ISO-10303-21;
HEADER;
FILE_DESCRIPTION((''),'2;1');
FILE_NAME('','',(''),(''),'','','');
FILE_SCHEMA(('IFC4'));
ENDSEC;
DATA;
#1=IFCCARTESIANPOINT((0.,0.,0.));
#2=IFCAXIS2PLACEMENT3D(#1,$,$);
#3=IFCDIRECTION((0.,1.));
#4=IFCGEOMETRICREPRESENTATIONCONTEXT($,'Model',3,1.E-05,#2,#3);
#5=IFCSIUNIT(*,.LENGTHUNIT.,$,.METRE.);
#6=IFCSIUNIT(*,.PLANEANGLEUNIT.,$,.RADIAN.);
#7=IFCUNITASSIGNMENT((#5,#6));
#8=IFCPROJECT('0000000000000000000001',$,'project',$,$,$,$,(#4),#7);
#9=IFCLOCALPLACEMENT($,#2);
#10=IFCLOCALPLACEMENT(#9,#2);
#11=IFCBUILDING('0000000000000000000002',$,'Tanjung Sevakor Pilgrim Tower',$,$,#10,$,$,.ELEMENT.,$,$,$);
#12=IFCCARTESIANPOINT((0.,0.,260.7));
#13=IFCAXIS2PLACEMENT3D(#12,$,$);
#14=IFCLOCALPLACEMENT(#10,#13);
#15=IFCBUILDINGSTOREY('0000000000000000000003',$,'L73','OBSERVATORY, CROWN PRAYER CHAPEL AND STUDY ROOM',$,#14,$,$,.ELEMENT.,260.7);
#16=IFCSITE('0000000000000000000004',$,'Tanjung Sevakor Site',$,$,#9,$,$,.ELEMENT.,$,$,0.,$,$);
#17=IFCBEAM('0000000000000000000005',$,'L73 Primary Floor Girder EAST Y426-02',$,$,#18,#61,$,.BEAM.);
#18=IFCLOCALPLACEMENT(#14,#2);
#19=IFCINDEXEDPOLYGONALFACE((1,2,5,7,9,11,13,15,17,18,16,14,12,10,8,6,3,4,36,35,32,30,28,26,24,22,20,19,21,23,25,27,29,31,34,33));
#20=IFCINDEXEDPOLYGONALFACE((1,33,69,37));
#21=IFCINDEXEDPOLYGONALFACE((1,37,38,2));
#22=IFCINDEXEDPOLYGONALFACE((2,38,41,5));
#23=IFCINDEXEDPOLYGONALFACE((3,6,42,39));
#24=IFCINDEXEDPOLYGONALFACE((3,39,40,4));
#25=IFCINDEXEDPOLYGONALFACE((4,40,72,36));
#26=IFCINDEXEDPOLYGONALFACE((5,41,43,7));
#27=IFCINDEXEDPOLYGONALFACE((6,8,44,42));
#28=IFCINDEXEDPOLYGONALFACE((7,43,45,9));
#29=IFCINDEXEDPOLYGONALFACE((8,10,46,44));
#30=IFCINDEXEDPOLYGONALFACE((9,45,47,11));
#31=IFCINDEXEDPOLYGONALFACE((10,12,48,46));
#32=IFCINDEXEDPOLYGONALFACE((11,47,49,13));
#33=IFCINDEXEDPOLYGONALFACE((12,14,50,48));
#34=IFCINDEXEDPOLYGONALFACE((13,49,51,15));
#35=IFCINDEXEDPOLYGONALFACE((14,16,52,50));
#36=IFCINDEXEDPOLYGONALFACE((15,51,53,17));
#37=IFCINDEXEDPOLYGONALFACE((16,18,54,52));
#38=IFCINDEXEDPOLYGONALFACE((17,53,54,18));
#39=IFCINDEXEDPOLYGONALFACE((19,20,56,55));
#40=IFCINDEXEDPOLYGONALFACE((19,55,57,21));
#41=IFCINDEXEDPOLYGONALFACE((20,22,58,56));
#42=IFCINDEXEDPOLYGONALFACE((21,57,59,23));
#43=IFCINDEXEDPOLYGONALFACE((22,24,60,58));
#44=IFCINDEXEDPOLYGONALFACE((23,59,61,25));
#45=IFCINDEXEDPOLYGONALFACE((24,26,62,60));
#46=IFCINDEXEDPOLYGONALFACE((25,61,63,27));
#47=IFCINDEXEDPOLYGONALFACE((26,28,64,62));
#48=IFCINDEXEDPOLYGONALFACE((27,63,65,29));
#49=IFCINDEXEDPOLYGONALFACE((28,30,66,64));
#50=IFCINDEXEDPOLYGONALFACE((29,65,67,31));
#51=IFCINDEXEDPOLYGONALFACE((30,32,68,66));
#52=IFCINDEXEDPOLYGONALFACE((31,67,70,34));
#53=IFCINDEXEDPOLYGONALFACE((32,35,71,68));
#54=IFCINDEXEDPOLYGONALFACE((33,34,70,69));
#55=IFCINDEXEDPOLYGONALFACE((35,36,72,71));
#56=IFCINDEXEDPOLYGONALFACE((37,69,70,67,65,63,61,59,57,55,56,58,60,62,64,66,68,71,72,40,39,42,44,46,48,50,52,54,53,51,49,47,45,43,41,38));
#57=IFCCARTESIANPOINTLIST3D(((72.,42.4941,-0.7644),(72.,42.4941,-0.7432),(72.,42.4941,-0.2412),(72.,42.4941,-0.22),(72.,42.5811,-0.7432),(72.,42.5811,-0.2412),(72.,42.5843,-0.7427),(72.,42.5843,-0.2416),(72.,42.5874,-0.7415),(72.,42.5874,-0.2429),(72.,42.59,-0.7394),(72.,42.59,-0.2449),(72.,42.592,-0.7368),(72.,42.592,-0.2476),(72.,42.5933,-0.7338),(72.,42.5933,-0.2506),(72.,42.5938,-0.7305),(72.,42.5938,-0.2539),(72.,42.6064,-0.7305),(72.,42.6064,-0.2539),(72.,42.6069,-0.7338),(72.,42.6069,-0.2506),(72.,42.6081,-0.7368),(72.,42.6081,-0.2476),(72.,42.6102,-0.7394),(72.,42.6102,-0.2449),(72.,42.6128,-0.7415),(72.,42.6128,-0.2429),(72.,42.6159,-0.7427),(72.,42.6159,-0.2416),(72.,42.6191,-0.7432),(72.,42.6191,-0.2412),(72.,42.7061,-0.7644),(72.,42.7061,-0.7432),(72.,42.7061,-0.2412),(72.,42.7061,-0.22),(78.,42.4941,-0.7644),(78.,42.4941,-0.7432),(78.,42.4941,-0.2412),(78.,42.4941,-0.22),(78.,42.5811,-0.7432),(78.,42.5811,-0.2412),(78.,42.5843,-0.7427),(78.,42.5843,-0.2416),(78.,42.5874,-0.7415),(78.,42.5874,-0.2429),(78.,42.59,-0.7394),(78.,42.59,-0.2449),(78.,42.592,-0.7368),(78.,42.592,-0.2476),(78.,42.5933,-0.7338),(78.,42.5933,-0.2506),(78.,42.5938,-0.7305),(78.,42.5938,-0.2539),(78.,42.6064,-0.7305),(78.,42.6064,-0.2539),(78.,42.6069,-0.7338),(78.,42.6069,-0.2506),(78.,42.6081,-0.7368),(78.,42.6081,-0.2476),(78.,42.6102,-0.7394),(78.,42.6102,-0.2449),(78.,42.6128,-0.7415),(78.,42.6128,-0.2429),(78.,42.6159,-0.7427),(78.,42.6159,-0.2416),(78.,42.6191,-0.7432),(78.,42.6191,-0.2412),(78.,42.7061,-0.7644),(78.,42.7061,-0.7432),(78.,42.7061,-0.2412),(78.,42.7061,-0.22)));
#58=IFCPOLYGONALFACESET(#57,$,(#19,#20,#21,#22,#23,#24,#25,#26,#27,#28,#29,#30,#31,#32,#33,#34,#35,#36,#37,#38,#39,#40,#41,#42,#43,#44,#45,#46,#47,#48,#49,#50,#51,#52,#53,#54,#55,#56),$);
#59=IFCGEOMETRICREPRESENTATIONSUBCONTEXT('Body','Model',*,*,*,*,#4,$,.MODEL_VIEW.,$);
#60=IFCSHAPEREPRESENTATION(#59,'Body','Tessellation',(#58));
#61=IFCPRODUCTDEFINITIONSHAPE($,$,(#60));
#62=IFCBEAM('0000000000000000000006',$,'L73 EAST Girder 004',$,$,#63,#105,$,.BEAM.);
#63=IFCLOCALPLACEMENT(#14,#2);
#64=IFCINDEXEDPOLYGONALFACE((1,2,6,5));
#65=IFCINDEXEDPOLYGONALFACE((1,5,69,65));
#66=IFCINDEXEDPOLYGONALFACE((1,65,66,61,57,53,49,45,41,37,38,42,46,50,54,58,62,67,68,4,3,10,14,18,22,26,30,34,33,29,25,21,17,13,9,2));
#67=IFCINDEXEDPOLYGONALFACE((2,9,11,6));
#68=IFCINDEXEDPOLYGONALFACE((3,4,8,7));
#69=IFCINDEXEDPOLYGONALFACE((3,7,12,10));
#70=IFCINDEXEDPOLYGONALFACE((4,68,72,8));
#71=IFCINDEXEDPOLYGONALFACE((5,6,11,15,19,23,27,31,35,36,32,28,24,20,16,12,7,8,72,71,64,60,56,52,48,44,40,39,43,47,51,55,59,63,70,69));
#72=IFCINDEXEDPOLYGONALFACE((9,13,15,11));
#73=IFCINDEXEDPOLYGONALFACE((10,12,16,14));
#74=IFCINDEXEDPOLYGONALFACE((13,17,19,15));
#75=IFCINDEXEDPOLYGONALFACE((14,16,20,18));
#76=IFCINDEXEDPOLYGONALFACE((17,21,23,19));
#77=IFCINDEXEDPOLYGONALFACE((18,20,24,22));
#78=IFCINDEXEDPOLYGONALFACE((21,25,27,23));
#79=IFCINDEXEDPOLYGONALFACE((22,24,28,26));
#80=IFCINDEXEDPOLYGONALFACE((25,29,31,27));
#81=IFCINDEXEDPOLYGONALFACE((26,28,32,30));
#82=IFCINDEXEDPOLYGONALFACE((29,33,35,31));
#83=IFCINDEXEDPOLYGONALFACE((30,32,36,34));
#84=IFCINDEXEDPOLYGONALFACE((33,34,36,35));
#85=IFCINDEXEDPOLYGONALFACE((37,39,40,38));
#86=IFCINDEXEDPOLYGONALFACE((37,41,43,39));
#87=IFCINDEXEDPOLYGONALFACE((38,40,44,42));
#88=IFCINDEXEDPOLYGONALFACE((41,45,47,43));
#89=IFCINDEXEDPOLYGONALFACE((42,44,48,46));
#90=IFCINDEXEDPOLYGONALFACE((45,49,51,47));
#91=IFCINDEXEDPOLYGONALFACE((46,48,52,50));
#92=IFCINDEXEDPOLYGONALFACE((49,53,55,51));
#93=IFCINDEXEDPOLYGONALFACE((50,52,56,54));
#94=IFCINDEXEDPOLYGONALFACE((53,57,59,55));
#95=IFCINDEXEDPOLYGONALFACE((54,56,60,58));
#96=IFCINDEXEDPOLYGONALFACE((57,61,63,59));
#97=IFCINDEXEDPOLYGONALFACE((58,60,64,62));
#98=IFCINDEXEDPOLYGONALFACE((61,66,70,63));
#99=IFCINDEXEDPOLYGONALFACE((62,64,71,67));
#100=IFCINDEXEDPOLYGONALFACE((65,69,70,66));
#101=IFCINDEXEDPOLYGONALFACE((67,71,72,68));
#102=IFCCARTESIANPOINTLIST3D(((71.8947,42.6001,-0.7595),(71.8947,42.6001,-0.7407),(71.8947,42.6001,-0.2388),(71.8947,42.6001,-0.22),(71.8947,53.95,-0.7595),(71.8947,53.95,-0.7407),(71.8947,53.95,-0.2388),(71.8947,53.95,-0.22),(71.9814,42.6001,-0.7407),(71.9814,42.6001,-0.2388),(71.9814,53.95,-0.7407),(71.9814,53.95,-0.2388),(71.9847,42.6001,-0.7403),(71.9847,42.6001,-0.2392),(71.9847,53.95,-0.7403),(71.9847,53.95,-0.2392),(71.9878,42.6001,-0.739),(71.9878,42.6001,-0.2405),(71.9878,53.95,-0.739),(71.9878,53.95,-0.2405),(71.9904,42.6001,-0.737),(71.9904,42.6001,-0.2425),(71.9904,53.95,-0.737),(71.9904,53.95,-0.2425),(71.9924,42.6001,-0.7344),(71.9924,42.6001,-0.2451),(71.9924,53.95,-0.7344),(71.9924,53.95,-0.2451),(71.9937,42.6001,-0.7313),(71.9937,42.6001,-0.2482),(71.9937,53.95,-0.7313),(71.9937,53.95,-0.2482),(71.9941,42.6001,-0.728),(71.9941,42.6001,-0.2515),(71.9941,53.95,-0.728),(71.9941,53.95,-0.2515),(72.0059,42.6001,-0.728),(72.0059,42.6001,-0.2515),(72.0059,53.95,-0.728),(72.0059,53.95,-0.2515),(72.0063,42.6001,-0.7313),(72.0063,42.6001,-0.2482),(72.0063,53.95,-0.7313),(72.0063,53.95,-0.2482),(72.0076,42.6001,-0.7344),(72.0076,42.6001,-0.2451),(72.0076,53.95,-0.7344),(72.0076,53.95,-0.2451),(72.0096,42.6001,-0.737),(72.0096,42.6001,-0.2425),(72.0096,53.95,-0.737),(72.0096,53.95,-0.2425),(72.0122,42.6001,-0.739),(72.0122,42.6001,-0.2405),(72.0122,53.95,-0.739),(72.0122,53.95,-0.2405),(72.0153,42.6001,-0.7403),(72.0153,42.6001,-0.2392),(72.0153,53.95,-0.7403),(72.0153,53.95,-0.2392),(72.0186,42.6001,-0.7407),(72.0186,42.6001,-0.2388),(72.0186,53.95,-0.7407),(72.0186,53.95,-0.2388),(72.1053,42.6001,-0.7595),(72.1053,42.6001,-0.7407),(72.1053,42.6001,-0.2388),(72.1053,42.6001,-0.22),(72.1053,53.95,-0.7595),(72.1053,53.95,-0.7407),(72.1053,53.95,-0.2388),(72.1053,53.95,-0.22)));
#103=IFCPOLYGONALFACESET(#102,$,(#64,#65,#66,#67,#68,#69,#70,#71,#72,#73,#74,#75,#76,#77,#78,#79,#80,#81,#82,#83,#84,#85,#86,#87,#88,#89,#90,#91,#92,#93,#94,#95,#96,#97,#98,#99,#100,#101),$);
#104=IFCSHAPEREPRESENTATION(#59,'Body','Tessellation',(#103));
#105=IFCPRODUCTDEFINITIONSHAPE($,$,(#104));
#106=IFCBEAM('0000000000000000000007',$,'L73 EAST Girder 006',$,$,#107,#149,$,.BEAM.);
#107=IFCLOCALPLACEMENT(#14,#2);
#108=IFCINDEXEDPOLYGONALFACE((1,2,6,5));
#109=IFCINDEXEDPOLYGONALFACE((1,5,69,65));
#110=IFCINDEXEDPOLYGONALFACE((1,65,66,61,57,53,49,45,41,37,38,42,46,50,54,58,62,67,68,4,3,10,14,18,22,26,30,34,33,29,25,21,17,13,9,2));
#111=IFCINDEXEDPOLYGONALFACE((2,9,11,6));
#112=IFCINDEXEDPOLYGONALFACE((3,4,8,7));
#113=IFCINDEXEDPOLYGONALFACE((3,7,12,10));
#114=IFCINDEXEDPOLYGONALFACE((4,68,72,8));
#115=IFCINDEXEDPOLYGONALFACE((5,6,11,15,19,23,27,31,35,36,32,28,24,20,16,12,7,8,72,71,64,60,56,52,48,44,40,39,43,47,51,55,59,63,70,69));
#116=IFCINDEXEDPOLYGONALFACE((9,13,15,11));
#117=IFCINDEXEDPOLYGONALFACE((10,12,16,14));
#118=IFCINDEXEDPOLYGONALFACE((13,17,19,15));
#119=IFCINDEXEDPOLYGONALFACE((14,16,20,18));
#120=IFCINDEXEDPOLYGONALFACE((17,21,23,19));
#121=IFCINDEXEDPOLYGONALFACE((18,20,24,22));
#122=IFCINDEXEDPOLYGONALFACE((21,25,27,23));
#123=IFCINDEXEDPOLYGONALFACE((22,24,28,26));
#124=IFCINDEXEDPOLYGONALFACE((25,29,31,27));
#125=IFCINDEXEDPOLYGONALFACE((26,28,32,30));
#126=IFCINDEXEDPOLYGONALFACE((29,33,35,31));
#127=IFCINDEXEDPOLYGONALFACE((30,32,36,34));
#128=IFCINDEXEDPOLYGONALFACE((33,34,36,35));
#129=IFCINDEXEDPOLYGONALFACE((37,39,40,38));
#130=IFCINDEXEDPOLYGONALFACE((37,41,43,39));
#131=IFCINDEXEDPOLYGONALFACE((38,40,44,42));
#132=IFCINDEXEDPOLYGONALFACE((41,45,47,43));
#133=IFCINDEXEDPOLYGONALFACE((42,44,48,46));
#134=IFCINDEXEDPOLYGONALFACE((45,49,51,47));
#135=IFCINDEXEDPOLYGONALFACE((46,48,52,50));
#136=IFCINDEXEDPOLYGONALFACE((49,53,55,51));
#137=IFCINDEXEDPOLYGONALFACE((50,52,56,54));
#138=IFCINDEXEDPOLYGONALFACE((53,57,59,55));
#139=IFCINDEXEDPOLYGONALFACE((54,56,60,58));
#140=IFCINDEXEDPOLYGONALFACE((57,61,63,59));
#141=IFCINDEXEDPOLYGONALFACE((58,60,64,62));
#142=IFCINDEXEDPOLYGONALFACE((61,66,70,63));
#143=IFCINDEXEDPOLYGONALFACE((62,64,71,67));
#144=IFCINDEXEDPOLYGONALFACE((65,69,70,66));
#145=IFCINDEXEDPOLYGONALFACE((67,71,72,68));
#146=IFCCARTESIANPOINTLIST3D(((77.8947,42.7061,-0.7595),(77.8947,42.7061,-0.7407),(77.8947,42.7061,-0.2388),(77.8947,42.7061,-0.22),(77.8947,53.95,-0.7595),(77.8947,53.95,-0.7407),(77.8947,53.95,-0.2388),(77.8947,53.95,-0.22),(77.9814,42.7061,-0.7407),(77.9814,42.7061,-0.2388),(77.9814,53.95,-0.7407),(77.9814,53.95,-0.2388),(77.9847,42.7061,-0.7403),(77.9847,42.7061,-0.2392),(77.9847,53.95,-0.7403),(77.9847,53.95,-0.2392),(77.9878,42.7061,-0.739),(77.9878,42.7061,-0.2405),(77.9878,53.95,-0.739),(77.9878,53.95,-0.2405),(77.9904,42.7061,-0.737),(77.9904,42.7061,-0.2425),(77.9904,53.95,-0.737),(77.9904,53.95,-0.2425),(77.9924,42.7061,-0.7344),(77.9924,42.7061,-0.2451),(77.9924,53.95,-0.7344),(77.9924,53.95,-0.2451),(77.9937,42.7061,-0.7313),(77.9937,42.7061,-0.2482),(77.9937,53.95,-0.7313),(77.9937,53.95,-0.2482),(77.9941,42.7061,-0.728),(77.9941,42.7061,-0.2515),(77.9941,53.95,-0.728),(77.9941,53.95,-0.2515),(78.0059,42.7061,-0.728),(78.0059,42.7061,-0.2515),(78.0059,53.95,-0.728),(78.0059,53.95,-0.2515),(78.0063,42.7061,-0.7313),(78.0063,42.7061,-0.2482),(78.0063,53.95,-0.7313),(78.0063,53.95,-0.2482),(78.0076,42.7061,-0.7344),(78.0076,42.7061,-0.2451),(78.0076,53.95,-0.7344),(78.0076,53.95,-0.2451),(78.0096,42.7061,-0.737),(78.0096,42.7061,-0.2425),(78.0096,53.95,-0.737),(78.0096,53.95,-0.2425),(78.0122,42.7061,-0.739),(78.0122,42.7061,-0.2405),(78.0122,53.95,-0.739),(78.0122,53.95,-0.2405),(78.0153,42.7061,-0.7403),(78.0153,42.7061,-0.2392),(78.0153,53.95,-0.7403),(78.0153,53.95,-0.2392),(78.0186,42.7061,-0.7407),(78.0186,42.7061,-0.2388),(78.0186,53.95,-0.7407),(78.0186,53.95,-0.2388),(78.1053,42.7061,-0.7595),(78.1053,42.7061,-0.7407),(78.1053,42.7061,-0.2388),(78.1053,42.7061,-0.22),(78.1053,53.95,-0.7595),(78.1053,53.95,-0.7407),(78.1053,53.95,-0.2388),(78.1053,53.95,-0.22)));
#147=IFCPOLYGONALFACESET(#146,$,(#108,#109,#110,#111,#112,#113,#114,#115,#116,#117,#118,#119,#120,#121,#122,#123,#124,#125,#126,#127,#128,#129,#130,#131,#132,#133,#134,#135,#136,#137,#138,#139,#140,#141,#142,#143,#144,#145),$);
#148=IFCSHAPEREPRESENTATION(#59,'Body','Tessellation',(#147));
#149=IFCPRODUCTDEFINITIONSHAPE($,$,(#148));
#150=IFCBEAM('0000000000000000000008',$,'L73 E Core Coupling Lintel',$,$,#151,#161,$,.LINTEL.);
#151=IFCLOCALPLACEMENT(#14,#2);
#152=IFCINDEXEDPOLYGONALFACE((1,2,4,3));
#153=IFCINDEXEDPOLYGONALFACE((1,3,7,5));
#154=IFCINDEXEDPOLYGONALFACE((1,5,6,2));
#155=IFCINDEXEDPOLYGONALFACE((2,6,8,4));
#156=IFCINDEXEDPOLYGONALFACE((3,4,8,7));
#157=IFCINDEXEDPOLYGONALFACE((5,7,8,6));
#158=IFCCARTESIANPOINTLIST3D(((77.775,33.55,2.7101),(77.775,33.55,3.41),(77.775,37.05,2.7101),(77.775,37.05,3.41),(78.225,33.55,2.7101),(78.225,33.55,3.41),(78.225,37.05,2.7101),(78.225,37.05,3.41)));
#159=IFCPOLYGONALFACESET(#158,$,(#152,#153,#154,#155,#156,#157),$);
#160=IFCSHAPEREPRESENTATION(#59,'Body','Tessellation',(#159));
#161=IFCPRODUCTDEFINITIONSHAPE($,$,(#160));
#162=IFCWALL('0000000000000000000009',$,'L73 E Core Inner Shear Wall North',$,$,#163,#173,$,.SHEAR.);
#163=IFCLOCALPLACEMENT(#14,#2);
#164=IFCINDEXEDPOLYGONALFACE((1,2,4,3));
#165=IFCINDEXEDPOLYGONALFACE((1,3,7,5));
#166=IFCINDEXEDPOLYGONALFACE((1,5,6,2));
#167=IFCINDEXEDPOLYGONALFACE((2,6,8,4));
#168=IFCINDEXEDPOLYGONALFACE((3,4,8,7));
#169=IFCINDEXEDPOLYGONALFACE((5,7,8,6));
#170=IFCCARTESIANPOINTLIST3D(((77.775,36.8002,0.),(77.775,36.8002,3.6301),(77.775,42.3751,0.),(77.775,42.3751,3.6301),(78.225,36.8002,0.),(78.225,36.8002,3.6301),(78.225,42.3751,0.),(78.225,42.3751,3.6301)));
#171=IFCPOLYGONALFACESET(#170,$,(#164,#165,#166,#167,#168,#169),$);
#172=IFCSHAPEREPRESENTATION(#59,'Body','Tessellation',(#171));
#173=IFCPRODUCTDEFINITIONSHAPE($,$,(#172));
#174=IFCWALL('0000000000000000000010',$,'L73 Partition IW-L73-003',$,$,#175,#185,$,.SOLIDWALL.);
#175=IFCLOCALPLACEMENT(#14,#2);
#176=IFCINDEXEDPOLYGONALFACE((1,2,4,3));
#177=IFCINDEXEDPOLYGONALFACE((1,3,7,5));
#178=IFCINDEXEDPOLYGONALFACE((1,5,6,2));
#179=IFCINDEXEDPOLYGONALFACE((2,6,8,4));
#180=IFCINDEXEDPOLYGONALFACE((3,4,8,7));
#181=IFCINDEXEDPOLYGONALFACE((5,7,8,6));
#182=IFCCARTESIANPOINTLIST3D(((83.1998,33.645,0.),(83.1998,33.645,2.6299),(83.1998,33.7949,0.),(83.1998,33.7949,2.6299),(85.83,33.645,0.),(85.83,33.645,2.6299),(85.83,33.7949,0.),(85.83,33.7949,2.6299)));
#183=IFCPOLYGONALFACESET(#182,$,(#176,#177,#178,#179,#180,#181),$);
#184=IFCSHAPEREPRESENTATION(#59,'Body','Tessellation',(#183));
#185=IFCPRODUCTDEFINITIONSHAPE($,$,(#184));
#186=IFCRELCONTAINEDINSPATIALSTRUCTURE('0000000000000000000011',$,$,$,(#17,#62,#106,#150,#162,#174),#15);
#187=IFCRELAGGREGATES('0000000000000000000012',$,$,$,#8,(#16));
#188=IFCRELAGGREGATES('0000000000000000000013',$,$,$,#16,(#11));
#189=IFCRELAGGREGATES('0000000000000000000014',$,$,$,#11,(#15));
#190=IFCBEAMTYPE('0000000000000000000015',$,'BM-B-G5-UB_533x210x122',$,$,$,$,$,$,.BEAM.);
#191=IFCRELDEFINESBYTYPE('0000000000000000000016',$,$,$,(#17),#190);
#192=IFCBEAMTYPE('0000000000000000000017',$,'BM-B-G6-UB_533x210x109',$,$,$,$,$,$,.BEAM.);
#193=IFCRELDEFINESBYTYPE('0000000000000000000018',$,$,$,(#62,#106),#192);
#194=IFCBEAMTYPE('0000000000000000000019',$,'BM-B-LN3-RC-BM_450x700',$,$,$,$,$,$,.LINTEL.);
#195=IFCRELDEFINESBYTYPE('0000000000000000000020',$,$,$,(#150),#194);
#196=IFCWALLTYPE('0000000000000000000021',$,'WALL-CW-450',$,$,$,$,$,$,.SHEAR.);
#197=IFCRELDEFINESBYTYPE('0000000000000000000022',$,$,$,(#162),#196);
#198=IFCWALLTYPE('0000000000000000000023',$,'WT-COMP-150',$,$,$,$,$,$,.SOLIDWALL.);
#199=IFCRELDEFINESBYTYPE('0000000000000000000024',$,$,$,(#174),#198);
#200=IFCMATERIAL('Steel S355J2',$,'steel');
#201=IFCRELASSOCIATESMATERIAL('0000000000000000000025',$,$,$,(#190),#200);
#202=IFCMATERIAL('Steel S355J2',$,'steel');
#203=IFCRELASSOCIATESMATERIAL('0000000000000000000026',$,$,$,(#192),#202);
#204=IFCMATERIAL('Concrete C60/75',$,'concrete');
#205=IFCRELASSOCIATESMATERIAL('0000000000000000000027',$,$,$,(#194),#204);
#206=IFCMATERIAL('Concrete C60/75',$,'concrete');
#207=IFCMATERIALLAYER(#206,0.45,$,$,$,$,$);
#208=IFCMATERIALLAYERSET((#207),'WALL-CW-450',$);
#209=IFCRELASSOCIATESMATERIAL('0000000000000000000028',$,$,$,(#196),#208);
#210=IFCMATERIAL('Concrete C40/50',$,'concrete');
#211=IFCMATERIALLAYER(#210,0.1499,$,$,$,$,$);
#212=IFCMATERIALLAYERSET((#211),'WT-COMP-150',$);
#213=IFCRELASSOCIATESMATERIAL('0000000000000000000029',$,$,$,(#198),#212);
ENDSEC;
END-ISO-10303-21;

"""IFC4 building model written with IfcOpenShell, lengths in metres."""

from ifc_helpers import new_model, si_unit, direction, frame, frame_2d, origin, origin_2d, place, context, subcontext, project, spatial, rectangle, i_section, extrude, material, layer, layer_set, material_profile, profile_set, type_object, element, save


model = new_model("IFC4")

# Units and contexts
model_context = context("Model", 3, precision=1e-05, world=origin(), true_north=direction((0.0, 1.0)))
body_context = subcontext(model_context, "Body", "Model", "MODEL_VIEW")
ifc_project = project(units=[si_unit("LENGTHUNIT", "METRE"), si_unit("PLANEANGLEUNIT", "RADIAN")], contexts=[model_context])

# Site, building, storey
site_placement = place(None, origin())
site = spatial("IfcSite", under=ifc_project, at=site_placement, Name="Tanjung Sevakor Site", CompositionType="ELEMENT", RefElevation=0.0)
building_placement = place(site_placement, origin())
building = spatial("IfcBuilding", under=site, at=building_placement, Name="Tanjung Sevakor Pilgrim Tower", CompositionType="ELEMENT")
storey_placement = place(building_placement, frame((0.0, 0.0, 260.7)))
storey = spatial("IfcBuildingStorey", under=building, at=storey_placement, Name="L73", Description="OBSERVATORY, CROWN PRAYER CHAPEL AND STUDY ROOM", CompositionType="ELEMENT", Elevation=260.7)

# Beams
ifc_material_1 = material(Name="Steel S355J2", Category="steel")
ifc_material_profile_1 = material_profile(ifc_material_1, i_section(OverallWidth=0.2119, OverallDepth=0.5444, WebThickness=0.0127, FlangeThickness=0.0212, FilletRadius=0.0127, at=origin_2d()))
ifc_profile_set_1 = profile_set([ifc_material_profile_1], Name="Steel S355J2")
beam_type_1 = type_object("IfcBeamType", Name="BM-B-G5-UB_533x210x122", PredefinedType="BEAM", material=ifc_profile_set_1)
beam_1_placement = place(storey_placement, frame((72.0, 42.6001, -0.4922), z_axis=(1.0, 0.0, 0.0), x_axis=(0.0, 1.0, 0.0)))
element("IfcBeam", 1, at=beam_1_placement, inside=storey, type_object=beam_type_1, Name="L73 Primary Floor Girder EAST Y426-02", PredefinedType="BEAM", context=body_context, shape_type="SweptSolid", body=[
    extrude(i_section(OverallWidth=0.2119, OverallDepth=0.5444, WebThickness=0.0127, FlangeThickness=0.0212, FilletRadius=0.0127, at=origin_2d()), origin(), (0.0, 0.0, 1.0), 6.0),
])
ifc_material_2 = material(Name="Steel S355J2", Category="steel")
ifc_material_profile_2 = material_profile(ifc_material_2, i_section(OverallWidth=0.2107, OverallDepth=0.5396, WebThickness=0.0117, FlangeThickness=0.0188, FilletRadius=0.0127, at=origin_2d()))
ifc_profile_set_2 = profile_set([ifc_material_profile_2], Name="Steel S355J2")
beam_type_2 = type_object("IfcBeamType", Name="BM-B-G6-UB_533x210x109", PredefinedType="BEAM", material=ifc_profile_set_2)
beam_2_placement = place(storey_placement, frame((72.0, 42.6001, -0.4897), z_axis=(0.0, 1.0, 0.0), x_axis=(-1.0, 0.0, 0.0)))
element("IfcBeam", 2, at=beam_2_placement, inside=storey, type_object=beam_type_2, Name="L73 EAST Girder 004", PredefinedType="BEAM", context=body_context, shape_type="SweptSolid", body=[
    extrude(i_section(OverallWidth=0.2107, OverallDepth=0.5396, WebThickness=0.0117, FlangeThickness=0.0188, FilletRadius=0.0127, at=origin_2d()), origin(), (0.0, 0.0, 1.0), 11.3499),
])
beam_3_placement = place(storey_placement, frame((78.0, 42.7061, -0.4897), z_axis=(0.0, 1.0, 0.0), x_axis=(-1.0, 0.0, 0.0)))
element("IfcBeam", 3, at=beam_3_placement, inside=storey, type_object=beam_type_2, Name="L73 EAST Girder 006", PredefinedType="BEAM", context=body_context, shape_type="SweptSolid", body=[
    extrude(i_section(OverallWidth=0.2107, OverallDepth=0.5396, WebThickness=0.0117, FlangeThickness=0.0188, FilletRadius=0.0127, at=origin_2d()), origin(), (0.0, 0.0, 1.0), 11.2439),
])
ifc_material_3 = material(Name="Concrete C60/75", Category="concrete")
ifc_material_profile_3 = material_profile(ifc_material_3, rectangle(XDim=0.45, YDim=0.7, at=origin_2d()))
ifc_profile_set_3 = profile_set([ifc_material_profile_3], Name="Concrete C60/75")
beam_type_3 = type_object("IfcBeamType", Name="BM-B-LN3-RC-BM_450x700", PredefinedType="LINTEL", material=ifc_profile_set_3)
beam_4_placement = place(storey_placement, frame((78.0, 33.55, 3.0601), z_axis=(0.0, 1.0, 0.0), x_axis=(-1.0, 0.0, 0.0)))
element("IfcBeam", 4, at=beam_4_placement, inside=storey, type_object=beam_type_3, Name="L73 E Core Coupling Lintel", PredefinedType="LINTEL", context=body_context, shape_type="SweptSolid", body=[
    extrude(rectangle(XDim=0.45, YDim=0.7, at=origin_2d()), origin(), (0.0, 0.0, 1.0), 3.5),
])

# Walls
ifc_material_4 = material(Name="Concrete C60/75", Category="concrete")
ifc_layer_1 = layer(ifc_material_4, 0.45)
ifc_layer_set_1 = layer_set([ifc_layer_1], Name="WALL-CW-450")
wall_type_1 = type_object("IfcWallType", Name="WALL-CW-450", PredefinedType="SHEAR", material=ifc_layer_set_1)
wall_1_placement = place(storey_placement, frame((78.0, 36.8, 0.0), z_axis=(0.0, 0.0, 1.0), x_axis=(0.0, 1.0, 0.0)))
element("IfcWall", 5, at=wall_1_placement, inside=storey, type_object=wall_type_1, Name="L73 E Core Inner Shear Wall North", PredefinedType="SHEAR", context=body_context, shape_type="SweptSolid", body=[
    extrude(rectangle(XDim=5.575, YDim=0.45, at=frame_2d((2.7876, 0.0))), origin(), (0.0, 0.0, 1.0), 3.6301),
])
ifc_material_5 = material(Name="Concrete C40/50", Category="concrete")
ifc_layer_2 = layer(ifc_material_5, 0.1499)
ifc_layer_set_2 = layer_set([ifc_layer_2], Name="WT-COMP-150")
wall_type_2 = type_object("IfcWallType", Name="WT-COMP-150", PredefinedType="SOLIDWALL", material=ifc_layer_set_2)
wall_2_placement = place(storey_placement, frame((83.2, 33.72, 0.0), z_axis=(0.0, 0.0, 1.0), x_axis=(1.0, 0.0, 0.0)))
element("IfcWall", 6, at=wall_2_placement, inside=storey, type_object=wall_type_2, Name="L73 Partition IW-L73-003", PredefinedType="SOLIDWALL", context=body_context, shape_type="SweptSolid", body=[
    extrude(rectangle(XDim=2.6301, YDim=0.1499, at=frame_2d((1.3149, 0.0))), origin(), (0.0, 0.0, 1.0), 2.6299),
])

save(model, "model.ifc")
